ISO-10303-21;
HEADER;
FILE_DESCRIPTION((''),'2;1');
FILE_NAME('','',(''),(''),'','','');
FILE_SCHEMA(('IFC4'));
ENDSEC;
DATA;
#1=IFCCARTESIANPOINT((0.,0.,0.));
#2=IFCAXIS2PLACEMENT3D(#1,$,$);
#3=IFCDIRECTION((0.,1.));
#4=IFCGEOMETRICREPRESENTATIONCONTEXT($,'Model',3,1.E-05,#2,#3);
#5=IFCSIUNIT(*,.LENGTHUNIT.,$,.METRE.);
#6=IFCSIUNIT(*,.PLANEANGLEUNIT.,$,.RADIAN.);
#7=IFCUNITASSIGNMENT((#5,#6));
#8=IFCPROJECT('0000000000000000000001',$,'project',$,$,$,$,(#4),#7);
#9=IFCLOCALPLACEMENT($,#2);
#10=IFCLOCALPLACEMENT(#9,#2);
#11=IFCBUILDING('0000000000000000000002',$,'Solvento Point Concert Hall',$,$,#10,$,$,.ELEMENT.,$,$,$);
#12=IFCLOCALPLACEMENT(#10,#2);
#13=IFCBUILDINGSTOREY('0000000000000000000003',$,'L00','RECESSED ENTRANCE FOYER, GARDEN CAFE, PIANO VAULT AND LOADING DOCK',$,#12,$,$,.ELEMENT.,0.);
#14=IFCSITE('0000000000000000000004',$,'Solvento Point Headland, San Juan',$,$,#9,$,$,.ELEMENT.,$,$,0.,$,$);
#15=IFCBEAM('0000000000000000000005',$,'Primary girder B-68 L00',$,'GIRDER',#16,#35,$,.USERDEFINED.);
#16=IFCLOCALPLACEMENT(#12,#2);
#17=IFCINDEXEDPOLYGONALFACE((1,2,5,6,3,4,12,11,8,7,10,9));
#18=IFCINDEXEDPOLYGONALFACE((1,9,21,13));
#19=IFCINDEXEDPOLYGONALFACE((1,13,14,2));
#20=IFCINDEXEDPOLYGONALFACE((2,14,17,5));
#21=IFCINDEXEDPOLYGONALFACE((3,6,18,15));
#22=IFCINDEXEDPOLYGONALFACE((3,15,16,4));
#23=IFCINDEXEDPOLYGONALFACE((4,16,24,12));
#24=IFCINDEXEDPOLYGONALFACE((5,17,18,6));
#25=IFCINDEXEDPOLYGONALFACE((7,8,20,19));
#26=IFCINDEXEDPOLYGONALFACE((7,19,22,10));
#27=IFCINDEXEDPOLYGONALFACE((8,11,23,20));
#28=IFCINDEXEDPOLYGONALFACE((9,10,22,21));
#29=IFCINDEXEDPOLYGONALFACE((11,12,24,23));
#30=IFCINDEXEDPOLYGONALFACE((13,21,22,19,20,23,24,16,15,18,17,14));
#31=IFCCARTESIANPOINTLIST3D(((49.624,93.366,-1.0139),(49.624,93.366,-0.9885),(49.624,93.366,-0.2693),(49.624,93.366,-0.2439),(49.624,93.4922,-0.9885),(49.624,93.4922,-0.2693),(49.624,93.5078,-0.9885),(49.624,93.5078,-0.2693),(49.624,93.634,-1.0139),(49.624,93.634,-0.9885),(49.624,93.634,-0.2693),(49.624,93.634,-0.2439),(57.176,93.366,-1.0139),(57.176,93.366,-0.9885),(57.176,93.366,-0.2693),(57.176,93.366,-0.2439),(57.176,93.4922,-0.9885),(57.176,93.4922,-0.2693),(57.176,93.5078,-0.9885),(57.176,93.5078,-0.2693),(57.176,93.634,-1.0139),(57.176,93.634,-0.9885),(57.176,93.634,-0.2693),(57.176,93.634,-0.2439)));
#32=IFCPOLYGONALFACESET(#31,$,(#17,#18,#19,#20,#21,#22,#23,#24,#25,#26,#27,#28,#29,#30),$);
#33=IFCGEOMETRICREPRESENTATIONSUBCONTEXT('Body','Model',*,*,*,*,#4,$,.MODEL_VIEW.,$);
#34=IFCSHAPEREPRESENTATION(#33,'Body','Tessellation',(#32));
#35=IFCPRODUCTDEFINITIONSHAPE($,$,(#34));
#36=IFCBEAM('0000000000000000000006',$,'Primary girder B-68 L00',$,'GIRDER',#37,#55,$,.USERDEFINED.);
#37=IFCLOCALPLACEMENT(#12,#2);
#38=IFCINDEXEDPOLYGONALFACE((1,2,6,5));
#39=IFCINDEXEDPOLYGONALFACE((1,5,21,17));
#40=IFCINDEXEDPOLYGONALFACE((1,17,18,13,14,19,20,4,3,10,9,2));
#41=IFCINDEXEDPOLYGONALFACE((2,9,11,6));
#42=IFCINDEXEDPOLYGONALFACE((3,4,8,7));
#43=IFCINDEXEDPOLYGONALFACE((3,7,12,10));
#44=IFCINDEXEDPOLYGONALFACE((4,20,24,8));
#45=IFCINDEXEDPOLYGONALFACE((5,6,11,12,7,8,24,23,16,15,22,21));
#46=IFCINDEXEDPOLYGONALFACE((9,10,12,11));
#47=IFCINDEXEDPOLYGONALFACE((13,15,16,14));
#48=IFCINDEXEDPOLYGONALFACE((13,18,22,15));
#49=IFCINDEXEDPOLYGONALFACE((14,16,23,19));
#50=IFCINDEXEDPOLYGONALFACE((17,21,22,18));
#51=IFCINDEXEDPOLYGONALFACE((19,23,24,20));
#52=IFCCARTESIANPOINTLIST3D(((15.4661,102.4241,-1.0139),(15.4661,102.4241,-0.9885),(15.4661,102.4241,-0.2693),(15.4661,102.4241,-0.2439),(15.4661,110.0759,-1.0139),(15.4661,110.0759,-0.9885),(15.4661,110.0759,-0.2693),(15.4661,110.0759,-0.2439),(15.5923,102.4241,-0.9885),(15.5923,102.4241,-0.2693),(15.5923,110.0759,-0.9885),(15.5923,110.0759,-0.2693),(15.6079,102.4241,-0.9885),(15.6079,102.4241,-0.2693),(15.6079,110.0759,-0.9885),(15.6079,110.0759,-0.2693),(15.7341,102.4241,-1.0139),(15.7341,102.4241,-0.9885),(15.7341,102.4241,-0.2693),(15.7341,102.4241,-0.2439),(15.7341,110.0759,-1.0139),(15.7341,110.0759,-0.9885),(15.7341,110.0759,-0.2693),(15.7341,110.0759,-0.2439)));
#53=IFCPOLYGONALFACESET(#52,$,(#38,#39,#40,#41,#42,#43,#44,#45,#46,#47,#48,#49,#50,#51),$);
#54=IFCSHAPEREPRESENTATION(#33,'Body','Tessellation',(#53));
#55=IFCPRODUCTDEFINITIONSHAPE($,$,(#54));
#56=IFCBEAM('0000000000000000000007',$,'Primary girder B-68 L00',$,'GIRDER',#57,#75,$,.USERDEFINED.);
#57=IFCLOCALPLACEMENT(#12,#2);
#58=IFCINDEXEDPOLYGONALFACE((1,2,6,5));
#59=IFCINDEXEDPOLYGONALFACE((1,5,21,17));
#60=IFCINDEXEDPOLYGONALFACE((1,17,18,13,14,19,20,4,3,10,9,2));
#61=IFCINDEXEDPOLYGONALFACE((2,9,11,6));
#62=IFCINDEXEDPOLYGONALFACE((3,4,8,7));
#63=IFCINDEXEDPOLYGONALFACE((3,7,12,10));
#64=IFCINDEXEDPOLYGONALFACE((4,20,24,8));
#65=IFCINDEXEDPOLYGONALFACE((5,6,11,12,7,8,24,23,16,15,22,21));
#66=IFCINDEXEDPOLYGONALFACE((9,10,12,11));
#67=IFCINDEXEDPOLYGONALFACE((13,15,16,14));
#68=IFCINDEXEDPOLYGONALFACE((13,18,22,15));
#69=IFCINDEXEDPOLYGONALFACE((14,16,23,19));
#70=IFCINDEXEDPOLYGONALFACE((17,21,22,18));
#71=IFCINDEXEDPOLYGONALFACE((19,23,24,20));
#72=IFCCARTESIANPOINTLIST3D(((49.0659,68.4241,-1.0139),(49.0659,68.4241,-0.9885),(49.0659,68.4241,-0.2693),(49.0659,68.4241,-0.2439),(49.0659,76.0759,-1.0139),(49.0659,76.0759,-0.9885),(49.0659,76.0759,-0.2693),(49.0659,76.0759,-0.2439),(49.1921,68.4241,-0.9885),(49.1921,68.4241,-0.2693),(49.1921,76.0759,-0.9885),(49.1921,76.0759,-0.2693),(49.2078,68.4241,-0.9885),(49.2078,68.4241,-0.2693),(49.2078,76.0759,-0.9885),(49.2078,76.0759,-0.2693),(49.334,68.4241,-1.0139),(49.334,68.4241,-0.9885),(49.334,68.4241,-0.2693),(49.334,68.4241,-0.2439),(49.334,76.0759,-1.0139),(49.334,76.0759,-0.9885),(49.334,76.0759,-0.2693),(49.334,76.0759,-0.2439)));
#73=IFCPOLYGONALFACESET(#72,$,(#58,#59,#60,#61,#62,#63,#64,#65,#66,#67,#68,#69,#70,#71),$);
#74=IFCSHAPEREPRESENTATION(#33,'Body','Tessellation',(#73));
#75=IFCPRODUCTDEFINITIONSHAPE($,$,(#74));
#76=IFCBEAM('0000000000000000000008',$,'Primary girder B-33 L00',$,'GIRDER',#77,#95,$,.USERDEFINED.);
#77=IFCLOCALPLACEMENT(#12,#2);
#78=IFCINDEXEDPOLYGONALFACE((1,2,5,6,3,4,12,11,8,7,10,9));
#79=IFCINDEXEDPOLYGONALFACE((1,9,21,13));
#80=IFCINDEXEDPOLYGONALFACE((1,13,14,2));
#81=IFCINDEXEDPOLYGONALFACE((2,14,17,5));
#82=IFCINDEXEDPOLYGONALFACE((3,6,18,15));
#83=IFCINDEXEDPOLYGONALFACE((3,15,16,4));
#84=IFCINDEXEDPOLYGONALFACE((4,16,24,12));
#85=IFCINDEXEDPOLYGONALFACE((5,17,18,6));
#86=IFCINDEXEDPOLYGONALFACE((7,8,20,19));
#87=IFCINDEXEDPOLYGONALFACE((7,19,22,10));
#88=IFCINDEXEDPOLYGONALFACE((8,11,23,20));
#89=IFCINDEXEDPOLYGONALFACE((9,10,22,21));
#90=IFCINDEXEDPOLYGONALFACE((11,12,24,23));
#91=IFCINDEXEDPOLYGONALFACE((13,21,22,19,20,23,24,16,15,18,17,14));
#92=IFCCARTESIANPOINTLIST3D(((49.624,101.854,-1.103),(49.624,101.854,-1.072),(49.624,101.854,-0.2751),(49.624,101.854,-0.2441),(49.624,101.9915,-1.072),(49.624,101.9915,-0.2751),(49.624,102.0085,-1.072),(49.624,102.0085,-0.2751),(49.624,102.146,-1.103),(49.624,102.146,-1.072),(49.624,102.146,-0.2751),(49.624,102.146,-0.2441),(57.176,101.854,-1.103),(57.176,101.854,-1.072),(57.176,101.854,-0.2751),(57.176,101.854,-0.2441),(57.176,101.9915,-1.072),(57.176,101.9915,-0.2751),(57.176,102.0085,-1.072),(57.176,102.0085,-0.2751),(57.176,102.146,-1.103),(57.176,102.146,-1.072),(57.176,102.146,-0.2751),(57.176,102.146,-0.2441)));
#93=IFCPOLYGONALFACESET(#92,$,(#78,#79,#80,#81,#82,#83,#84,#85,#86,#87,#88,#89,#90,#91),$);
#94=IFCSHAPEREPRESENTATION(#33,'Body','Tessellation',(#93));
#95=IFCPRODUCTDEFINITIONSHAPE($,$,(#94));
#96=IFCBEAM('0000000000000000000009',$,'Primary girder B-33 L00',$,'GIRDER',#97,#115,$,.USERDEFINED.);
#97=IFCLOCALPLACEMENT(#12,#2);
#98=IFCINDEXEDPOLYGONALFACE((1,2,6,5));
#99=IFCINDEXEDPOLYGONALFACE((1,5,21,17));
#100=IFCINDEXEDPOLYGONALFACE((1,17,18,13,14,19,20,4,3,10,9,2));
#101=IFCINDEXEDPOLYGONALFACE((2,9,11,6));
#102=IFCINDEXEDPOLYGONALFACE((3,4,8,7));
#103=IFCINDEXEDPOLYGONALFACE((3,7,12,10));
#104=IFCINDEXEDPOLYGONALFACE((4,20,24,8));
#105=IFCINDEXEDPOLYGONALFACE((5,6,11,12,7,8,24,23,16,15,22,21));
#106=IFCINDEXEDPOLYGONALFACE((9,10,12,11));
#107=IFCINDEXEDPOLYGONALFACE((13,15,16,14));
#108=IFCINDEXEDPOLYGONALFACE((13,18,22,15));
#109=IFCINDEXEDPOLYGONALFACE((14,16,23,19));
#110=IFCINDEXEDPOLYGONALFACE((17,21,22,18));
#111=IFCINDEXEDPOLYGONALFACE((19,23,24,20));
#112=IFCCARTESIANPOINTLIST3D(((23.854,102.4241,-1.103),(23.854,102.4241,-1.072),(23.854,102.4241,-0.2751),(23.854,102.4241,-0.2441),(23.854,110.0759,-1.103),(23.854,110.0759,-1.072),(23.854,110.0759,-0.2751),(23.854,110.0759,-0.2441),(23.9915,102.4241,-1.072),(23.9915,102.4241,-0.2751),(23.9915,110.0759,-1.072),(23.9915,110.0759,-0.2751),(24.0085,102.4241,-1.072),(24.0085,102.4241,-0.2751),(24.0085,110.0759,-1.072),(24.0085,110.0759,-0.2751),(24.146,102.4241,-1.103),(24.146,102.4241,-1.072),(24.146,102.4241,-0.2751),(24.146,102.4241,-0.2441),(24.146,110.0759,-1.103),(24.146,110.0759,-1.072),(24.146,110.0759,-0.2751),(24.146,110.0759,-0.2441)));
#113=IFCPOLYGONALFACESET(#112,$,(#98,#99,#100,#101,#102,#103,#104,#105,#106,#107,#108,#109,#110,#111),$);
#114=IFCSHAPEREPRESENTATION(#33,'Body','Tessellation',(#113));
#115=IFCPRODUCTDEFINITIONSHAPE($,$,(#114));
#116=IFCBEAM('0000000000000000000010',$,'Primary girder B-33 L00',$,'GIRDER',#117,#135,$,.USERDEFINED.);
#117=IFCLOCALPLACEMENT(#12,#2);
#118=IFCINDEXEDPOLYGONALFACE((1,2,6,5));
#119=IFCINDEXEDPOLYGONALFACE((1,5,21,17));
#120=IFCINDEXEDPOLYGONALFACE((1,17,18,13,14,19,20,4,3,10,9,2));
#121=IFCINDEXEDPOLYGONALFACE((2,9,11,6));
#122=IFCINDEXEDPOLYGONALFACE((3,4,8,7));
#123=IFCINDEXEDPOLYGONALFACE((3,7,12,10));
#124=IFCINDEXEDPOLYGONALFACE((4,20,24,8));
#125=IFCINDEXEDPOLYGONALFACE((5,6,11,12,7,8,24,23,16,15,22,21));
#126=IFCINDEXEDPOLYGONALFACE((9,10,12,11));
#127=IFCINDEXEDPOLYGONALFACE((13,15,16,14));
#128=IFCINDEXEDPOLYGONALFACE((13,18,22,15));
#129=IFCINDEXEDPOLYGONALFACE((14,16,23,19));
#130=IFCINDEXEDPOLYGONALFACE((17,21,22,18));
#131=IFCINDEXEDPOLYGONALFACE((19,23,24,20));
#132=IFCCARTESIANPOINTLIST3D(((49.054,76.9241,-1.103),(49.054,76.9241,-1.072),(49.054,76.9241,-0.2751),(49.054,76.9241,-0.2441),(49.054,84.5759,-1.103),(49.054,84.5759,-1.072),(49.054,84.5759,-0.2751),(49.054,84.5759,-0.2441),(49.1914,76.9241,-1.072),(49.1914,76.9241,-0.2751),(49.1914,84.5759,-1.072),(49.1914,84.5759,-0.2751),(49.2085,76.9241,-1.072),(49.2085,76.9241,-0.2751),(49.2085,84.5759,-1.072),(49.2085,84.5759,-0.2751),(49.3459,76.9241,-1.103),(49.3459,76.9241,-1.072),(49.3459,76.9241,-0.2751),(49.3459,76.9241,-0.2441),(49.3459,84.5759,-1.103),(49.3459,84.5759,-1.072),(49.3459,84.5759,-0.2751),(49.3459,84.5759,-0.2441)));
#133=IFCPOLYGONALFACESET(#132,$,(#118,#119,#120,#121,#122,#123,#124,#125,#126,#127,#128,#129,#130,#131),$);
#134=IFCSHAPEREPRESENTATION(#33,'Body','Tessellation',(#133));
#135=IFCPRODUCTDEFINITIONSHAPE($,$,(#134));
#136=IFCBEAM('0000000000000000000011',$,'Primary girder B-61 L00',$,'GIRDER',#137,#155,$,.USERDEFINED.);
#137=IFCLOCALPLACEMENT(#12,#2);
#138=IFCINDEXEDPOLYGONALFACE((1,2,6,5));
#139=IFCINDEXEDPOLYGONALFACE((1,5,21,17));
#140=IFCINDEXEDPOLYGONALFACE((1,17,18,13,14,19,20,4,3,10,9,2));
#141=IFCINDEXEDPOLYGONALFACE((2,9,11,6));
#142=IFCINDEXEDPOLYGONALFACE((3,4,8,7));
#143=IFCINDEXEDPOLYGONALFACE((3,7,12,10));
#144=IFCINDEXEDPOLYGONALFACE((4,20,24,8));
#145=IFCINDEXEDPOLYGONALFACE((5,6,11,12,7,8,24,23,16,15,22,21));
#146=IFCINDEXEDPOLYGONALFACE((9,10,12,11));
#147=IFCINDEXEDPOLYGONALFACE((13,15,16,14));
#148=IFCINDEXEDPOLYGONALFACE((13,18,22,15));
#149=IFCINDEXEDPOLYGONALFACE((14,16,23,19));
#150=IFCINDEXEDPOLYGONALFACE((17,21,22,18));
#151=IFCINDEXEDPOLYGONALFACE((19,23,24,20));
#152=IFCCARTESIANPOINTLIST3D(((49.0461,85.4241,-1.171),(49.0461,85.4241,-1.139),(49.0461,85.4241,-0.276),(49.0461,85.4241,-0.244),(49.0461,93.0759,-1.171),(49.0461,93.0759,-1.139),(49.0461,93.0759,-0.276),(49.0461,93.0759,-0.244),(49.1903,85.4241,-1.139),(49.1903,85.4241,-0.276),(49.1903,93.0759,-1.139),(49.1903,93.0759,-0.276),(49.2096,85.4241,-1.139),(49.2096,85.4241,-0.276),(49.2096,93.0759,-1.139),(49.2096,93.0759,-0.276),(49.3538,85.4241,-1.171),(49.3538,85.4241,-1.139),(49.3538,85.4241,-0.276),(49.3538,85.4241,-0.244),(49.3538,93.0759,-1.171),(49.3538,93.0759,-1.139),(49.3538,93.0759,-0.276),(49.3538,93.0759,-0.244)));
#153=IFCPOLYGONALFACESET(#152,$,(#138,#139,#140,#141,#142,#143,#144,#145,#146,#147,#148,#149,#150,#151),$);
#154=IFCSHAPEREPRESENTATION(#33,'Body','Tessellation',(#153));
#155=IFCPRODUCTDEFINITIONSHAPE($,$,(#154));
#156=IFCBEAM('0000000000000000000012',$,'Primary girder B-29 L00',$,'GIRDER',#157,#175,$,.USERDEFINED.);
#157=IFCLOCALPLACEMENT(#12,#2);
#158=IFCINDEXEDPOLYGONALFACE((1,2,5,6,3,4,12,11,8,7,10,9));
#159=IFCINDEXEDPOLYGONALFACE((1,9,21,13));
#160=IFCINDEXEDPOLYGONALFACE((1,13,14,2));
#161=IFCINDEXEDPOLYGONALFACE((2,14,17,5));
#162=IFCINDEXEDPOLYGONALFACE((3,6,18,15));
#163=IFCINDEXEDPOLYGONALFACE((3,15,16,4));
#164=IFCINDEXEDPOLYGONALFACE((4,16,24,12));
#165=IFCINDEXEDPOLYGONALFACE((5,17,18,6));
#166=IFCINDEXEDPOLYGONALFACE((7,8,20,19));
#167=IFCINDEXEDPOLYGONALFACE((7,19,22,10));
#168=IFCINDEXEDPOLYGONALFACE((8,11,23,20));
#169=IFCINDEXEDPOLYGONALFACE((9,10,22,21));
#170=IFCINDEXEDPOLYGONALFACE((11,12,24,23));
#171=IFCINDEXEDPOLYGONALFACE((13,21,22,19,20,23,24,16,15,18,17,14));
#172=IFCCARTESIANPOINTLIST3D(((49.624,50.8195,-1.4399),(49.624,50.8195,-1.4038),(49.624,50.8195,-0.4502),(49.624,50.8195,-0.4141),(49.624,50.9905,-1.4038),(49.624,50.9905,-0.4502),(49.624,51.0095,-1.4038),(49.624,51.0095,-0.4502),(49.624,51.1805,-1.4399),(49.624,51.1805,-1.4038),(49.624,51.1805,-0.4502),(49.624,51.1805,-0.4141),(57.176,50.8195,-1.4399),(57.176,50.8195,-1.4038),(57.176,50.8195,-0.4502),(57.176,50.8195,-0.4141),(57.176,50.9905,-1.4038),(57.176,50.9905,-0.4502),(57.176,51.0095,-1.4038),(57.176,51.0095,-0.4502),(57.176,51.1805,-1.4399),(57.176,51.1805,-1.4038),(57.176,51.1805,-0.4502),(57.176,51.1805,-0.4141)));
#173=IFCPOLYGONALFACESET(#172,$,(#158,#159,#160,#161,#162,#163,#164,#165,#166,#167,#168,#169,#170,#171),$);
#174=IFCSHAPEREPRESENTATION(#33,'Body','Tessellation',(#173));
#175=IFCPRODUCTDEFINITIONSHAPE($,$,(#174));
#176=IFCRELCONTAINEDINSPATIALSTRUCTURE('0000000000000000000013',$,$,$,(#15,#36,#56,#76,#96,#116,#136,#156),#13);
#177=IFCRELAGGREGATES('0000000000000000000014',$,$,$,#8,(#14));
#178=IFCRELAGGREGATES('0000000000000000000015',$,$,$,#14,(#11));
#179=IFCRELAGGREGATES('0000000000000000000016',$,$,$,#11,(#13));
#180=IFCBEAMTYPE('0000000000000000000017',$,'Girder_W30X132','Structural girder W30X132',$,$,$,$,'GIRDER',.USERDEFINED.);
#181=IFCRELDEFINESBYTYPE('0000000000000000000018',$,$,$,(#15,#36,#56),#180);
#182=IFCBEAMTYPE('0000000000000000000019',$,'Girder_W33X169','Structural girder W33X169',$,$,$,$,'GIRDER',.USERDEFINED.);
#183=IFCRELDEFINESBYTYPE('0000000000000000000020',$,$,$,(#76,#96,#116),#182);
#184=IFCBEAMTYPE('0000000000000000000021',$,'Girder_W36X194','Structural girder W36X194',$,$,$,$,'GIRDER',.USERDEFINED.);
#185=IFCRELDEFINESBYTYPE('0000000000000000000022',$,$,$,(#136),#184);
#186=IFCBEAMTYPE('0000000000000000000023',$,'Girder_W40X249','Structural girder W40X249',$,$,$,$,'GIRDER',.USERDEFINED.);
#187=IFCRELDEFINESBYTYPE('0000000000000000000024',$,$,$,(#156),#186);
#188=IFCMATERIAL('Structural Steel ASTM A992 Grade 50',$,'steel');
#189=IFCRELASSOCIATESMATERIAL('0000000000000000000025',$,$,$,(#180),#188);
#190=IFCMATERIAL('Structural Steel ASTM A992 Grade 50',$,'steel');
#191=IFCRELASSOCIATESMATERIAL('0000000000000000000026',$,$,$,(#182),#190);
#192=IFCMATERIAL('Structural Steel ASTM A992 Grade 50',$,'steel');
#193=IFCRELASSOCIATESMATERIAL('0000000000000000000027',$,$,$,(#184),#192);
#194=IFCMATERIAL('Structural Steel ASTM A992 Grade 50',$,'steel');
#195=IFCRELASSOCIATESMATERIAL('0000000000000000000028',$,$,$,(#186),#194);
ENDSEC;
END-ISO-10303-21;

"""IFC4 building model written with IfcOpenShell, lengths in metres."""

from ifc_helpers import new_model, si_unit, direction, frame, origin, origin_2d, place, context, subcontext, project, spatial, i_section, extrude, material, material_profile, profile_set, type_object, element, save


model = new_model("IFC4")

# Units and contexts
model_context = context("Model", 3, precision=1e-05, world=origin(), true_north=direction((0.0, 1.0)))
body_context = subcontext(model_context, "Body", "Model", "MODEL_VIEW")
ifc_project = project(units=[si_unit("LENGTHUNIT", "METRE"), si_unit("PLANEANGLEUNIT", "RADIAN")], contexts=[model_context])

# Site, building, storey
site_placement = place(None, origin())
site = spatial("IfcSite", under=ifc_project, at=site_placement, Name="Solvento Point Headland, San Juan", CompositionType="ELEMENT", RefElevation=0.0)
building_placement = place(site_placement, origin())
building = spatial("IfcBuilding", under=site, at=building_placement, Name="Solvento Point Concert Hall", CompositionType="ELEMENT")
storey_placement = place(building_placement, origin())
storey = spatial("IfcBuildingStorey", under=building, at=storey_placement, Name="L00", Description="RECESSED ENTRANCE FOYER, GARDEN CAFE, PIANO VAULT AND LOADING DOCK", CompositionType="ELEMENT", Elevation=0.0)

# Beams
ifc_material_1 = material(Name="Structural Steel ASTM A992 Grade 50", Category="steel")
ifc_material_profile_1 = material_profile(ifc_material_1, i_section(OverallWidth=0.2681, OverallDepth=0.77, WebThickness=0.0156, FlangeThickness=0.0254, at=origin_2d()), Name="W30X132")
ifc_profile_set_1 = profile_set([ifc_material_profile_1], Name="Structural Steel ASTM A992 Grade 50")
beam_type_1 = type_object("IfcBeamType", Name="Girder_W30X132", Description="Structural girder W30X132", ElementType="GIRDER", PredefinedType="USERDEFINED", material=ifc_profile_set_1)
beam_1_placement = place(storey_placement, frame((49.624, 93.5, -0.6289), z_axis=(1.0, 0.0, 0.0), x_axis=(0.0, 1.0, 0.0)))
element("IfcBeam", 1, at=beam_1_placement, inside=storey, type_object=beam_type_1, Name="Primary girder B-68 L00", ObjectType="GIRDER", PredefinedType="USERDEFINED", context=body_context, shape_type="SweptSolid", body=[
    extrude(i_section(OverallWidth=0.2681, OverallDepth=0.77, WebThickness=0.0156, FlangeThickness=0.0254, at=origin_2d()), origin(), (0.0, 0.0, 1.0), 7.552),
])
for number, where, z_axis, x_axis, name in (
    (2, (15.6001, 102.4241, -0.6289), (0.0, 1.0, 0.0), (-1.0, 0.0, 0.0), "Primary girder B-68 L00"),
    (3, (49.2, 68.4241, -0.6289), (0.0, 1.0, 0.0), (-1.0, 0.0, 0.0), "Primary girder B-68 L00"),
):
    element("IfcBeam", number, at=place(storey_placement, frame(where, z_axis=z_axis, x_axis=x_axis)), inside=storey, type_object=beam_type_1, Name=name, ObjectType="GIRDER", PredefinedType="USERDEFINED", context=body_context, shape_type="SweptSolid", body=[
        extrude(i_section(OverallWidth=0.2681, OverallDepth=0.77, WebThickness=0.0156, FlangeThickness=0.0254, at=origin_2d()), origin(), (0.0, 0.0, 1.0), 7.6519),
    ])
ifc_material_2 = material(Name="Structural Steel ASTM A992 Grade 50", Category="steel")
ifc_material_profile_2 = material_profile(ifc_material_2, i_section(OverallWidth=0.292, OverallDepth=0.8589, WebThickness=0.0171, FlangeThickness=0.031, at=origin_2d()), Name="W33X169")
ifc_profile_set_2 = profile_set([ifc_material_profile_2], Name="Structural Steel ASTM A992 Grade 50")
beam_type_2 = type_object("IfcBeamType", Name="Girder_W33X169", Description="Structural girder W33X169", ElementType="GIRDER", PredefinedType="USERDEFINED", material=ifc_profile_set_2)
beam_2_placement = place(storey_placement, frame((49.624, 102.0, -0.6736), z_axis=(1.0, 0.0, 0.0), x_axis=(0.0, 1.0, 0.0)))
element("IfcBeam", 4, at=beam_2_placement, inside=storey, type_object=beam_type_2, Name="Primary girder B-33 L00", ObjectType="GIRDER", PredefinedType="USERDEFINED", context=body_context, shape_type="SweptSolid", body=[
    extrude(i_section(OverallWidth=0.292, OverallDepth=0.8589, WebThickness=0.0171, FlangeThickness=0.031, at=origin_2d()), origin(), (0.0, 0.0, 1.0), 7.552),
])
for number, where, z_axis, x_axis, name in (
    (5, (24.0, 102.4241, -0.6736), (0.0, 1.0, 0.0), (-1.0, 0.0, 0.0), "Primary girder B-33 L00"),
    (6, (49.2, 76.9241, -0.6736), (0.0, 1.0, 0.0), (-1.0, 0.0, 0.0), "Primary girder B-33 L00"),
):
    element("IfcBeam", number, at=place(storey_placement, frame(where, z_axis=z_axis, x_axis=x_axis)), inside=storey, type_object=beam_type_2, Name=name, ObjectType="GIRDER", PredefinedType="USERDEFINED", context=body_context, shape_type="SweptSolid", body=[
        extrude(i_section(OverallWidth=0.292, OverallDepth=0.8589, WebThickness=0.0171, FlangeThickness=0.031, at=origin_2d()), origin(), (0.0, 0.0, 1.0), 7.6519),
    ])
ifc_material_3 = material(Name="Structural Steel ASTM A992 Grade 50", Category="steel")
ifc_material_profile_3 = material_profile(ifc_material_3, i_section(OverallWidth=0.3076, OverallDepth=0.927, WebThickness=0.0193, FlangeThickness=0.032, at=origin_2d()), Name="W36X194")
ifc_profile_set_3 = profile_set([ifc_material_profile_3], Name="Structural Steel ASTM A992 Grade 50")
beam_type_3 = type_object("IfcBeamType", Name="Girder_W36X194", Description="Structural girder W36X194", ElementType="GIRDER", PredefinedType="USERDEFINED", material=ifc_profile_set_3)
beam_3_placement = place(storey_placement, frame((49.2, 85.4241, -0.7075), z_axis=(0.0, 1.0, 0.0), x_axis=(-1.0, 0.0, 0.0)))
element("IfcBeam", 7, at=beam_3_placement, inside=storey, type_object=beam_type_3, Name="Primary girder B-61 L00", ObjectType="GIRDER", PredefinedType="USERDEFINED", context=body_context, shape_type="SweptSolid", body=[
    extrude(i_section(OverallWidth=0.3076, OverallDepth=0.927, WebThickness=0.0193, FlangeThickness=0.032, at=origin_2d()), origin(), (0.0, 0.0, 1.0), 7.6519),
])
ifc_material_4 = material(Name="Structural Steel ASTM A992 Grade 50", Category="steel")
ifc_material_profile_4 = material_profile(ifc_material_4, i_section(OverallWidth=0.3611, OverallDepth=1.0259, WebThickness=0.019, FlangeThickness=0.0361, at=origin_2d()), Name="W40X249")
ifc_profile_set_4 = profile_set([ifc_material_profile_4], Name="Structural Steel ASTM A992 Grade 50")
beam_type_4 = type_object("IfcBeamType", Name="Girder_W40X249", Description="Structural girder W40X249", ElementType="GIRDER", PredefinedType="USERDEFINED", material=ifc_profile_set_4)
beam_4_placement = place(storey_placement, frame((49.624, 51.0, -0.927), z_axis=(1.0, 0.0, 0.0), x_axis=(0.0, 1.0, 0.0)))
element("IfcBeam", 8, at=beam_4_placement, inside=storey, type_object=beam_type_4, Name="Primary girder B-29 L00", ObjectType="GIRDER", PredefinedType="USERDEFINED", context=body_context, shape_type="SweptSolid", body=[
    extrude(i_section(OverallWidth=0.3611, OverallDepth=1.0259, WebThickness=0.019, FlangeThickness=0.0361, at=origin_2d()), origin(), (0.0, 0.0, 1.0), 7.552),
])

save(model, "model.ifc")
